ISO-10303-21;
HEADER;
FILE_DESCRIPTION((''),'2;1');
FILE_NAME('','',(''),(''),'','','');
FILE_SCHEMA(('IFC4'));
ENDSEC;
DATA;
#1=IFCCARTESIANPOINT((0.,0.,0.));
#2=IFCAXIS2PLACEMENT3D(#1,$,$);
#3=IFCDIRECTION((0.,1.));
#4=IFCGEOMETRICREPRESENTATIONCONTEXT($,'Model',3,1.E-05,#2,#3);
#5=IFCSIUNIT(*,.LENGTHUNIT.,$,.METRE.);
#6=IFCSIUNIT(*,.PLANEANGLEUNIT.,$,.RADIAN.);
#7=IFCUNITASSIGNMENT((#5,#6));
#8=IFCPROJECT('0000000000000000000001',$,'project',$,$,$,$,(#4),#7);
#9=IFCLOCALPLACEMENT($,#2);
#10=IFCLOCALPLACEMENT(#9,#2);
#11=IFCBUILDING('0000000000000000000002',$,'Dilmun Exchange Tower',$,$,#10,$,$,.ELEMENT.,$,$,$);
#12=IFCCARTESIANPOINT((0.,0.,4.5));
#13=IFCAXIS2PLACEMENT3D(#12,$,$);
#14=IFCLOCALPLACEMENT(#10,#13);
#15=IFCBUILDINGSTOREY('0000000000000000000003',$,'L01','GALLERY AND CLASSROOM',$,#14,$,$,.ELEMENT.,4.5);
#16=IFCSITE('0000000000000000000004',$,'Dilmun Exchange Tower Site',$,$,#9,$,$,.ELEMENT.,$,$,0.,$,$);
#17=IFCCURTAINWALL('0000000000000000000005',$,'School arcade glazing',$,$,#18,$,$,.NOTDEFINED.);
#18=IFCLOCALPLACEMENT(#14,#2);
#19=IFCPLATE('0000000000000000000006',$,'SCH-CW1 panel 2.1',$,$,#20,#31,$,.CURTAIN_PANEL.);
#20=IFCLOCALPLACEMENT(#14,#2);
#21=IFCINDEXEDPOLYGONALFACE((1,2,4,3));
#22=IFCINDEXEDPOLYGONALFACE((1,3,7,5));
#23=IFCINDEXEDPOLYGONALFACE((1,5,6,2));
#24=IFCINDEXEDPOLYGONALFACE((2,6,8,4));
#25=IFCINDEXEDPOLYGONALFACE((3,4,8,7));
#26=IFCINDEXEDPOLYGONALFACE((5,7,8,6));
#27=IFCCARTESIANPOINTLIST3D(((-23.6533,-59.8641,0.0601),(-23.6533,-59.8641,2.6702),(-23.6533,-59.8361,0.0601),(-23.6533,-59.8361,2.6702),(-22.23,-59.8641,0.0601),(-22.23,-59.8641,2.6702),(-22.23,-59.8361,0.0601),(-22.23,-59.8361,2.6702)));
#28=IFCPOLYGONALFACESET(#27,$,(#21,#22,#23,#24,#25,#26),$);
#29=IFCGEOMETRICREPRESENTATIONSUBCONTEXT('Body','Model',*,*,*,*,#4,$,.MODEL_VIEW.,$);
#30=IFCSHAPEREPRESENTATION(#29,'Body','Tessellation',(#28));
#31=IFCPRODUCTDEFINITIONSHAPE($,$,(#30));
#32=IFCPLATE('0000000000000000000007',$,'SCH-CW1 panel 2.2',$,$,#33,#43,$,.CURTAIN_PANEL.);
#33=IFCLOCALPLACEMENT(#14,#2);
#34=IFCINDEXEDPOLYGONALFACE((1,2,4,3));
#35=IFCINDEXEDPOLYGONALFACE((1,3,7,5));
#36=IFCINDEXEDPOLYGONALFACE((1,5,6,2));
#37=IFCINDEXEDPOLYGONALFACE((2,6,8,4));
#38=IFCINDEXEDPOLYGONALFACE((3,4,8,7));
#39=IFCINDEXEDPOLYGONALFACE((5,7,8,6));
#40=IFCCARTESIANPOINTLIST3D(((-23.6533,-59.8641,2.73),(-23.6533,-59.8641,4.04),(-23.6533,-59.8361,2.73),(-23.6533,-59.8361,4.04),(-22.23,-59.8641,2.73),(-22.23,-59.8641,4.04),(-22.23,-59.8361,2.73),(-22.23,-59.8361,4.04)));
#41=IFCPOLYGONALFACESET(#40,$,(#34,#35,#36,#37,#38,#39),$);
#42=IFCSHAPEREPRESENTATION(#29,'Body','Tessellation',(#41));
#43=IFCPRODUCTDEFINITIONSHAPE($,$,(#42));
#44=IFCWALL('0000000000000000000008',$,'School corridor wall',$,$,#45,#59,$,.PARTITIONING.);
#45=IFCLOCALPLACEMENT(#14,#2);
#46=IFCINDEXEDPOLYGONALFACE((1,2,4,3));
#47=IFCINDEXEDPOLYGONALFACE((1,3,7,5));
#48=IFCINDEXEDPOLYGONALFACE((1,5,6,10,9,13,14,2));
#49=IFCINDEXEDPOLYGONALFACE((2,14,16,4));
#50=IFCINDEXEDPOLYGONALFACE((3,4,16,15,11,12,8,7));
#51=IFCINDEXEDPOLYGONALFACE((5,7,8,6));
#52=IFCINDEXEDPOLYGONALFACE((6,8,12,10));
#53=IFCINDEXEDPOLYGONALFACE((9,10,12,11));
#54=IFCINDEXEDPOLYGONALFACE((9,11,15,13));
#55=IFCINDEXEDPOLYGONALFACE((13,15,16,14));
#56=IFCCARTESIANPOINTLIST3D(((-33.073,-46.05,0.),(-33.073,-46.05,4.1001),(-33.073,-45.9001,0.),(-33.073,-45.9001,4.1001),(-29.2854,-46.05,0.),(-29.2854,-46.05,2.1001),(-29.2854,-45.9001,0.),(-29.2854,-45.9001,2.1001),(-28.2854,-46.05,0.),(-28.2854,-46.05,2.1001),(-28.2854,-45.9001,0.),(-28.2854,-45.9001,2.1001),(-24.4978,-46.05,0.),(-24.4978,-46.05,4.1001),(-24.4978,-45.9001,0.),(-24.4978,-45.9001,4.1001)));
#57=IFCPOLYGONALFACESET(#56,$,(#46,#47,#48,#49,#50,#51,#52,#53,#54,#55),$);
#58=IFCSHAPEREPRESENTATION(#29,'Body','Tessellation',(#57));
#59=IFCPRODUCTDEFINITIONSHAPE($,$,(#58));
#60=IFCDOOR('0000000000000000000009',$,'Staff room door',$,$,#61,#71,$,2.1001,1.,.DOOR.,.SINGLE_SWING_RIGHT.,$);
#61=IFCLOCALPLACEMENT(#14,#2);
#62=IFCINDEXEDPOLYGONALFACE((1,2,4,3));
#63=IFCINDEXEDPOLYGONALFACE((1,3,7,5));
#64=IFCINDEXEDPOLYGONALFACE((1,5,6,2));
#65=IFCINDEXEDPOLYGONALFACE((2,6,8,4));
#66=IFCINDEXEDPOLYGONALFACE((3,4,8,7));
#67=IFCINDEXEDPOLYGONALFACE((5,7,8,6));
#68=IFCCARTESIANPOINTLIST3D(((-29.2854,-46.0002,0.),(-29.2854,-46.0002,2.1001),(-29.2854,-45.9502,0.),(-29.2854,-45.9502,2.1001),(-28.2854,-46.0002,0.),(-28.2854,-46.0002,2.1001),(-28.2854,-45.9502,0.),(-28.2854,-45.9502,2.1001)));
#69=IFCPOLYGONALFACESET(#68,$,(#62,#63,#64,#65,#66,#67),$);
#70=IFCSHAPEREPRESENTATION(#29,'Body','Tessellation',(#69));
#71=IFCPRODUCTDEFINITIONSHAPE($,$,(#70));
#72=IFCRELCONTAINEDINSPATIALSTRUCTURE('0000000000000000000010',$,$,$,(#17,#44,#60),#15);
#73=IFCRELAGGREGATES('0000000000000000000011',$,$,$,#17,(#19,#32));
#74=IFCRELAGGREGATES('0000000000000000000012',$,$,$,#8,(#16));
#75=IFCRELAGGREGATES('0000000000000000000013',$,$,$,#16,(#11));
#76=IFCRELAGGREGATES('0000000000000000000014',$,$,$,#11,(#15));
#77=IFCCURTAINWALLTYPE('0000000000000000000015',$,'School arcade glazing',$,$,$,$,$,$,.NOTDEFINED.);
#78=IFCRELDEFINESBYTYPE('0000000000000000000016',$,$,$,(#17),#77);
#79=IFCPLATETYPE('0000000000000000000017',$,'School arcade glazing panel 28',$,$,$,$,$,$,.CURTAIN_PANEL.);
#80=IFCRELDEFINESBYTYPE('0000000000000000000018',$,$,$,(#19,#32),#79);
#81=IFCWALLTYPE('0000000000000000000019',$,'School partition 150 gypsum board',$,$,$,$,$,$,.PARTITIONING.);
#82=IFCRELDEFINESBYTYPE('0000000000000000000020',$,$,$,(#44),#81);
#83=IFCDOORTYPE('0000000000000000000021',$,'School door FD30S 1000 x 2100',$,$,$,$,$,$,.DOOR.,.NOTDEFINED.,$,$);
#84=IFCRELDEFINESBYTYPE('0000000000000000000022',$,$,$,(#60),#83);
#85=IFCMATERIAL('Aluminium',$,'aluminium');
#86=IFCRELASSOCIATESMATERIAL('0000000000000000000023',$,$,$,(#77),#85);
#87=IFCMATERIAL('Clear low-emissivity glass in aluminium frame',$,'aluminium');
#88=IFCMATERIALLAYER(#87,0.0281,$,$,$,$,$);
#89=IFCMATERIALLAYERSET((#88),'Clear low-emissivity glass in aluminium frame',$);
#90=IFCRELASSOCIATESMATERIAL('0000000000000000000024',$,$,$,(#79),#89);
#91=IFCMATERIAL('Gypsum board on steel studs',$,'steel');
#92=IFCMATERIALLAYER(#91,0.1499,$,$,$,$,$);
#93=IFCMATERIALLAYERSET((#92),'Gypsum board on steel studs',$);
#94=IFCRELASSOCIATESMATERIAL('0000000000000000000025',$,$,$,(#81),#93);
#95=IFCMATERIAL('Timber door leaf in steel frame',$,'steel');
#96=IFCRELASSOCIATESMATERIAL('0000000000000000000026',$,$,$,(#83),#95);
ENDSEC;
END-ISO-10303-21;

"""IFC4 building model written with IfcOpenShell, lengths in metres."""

from ifc_helpers import new_model, si_unit, direction, frame, frame_2d, origin, origin_2d, place, context, subcontext, project, spatial, rectangle, extrude, material, layer, layer_set, type_object, element, fill, aggregate, save


model = new_model("IFC4")

# Units and contexts
model_context = context("Model", 3, precision=1e-05, world=origin(), true_north=direction((0.0, 1.0)))
body_context = subcontext(model_context, "Body", "Model", "MODEL_VIEW")
ifc_project = project(units=[si_unit("LENGTHUNIT", "METRE"), si_unit("PLANEANGLEUNIT", "RADIAN")], contexts=[model_context])

# Site, building, storey
site_placement = place(None, origin())
site = spatial("IfcSite", under=ifc_project, at=site_placement, Name="Dilmun Exchange Tower Site", CompositionType="ELEMENT", RefElevation=0.0)
building_placement = place(site_placement, origin())
building = spatial("IfcBuilding", under=site, at=building_placement, Name="Dilmun Exchange Tower", CompositionType="ELEMENT")
storey_placement = place(building_placement, frame((0.0, 0.0, 4.5)))
storey = spatial("IfcBuildingStorey", under=building, at=storey_placement, Name="L01", Description="GALLERY AND CLASSROOM", CompositionType="ELEMENT", Elevation=4.5)

# Curtain wall, plates
ifc_material_1 = material(Name="Aluminium", Category="aluminium")
curtain_wall_type = type_object("IfcCurtainWallType", Name="School arcade glazing", PredefinedType="NOTDEFINED", material=ifc_material_1)
curtain_wall_placement = place(storey_placement, origin())
curtain_wall = element("IfcCurtainWall", 1, at=curtain_wall_placement, inside=storey, type_object=curtain_wall_type, Name="School arcade glazing", PredefinedType="NOTDEFINED")
ifc_material_2 = material(Name="Clear low-emissivity glass in aluminium frame", Category="aluminium")
ifc_layer_1 = layer(ifc_material_2, 0.0281)
ifc_layer_set_1 = layer_set([ifc_layer_1], Name="Clear low-emissivity glass in aluminium frame")
plate_type = type_object("IfcPlateType", Name="School arcade glazing panel 28", PredefinedType="CURTAIN_PANEL", material=ifc_layer_set_1)
plate_1_placement = place(storey_placement, frame((-22.9417, -59.8501, 0.0601), z_axis=(0.0, 0.0, 1.0), x_axis=(-1.0, 0.0, 0.0)))
plate_1 = element("IfcPlate", 2, at=plate_1_placement, type_object=plate_type, Name="SCH-CW1 panel 2.1", PredefinedType="CURTAIN_PANEL", context=body_context, shape_type="SweptSolid", body=[
    extrude(rectangle(XDim=1.4233, YDim=0.0281, at=origin_2d()), origin(), (0.0, 0.0, 1.0), 2.6101),
])
plate_2_placement = place(storey_placement, frame((-22.9417, -59.8501, 2.73), z_axis=(0.0, 0.0, 1.0), x_axis=(-1.0, 0.0, 0.0)))
plate_2 = element("IfcPlate", 3, at=plate_2_placement, type_object=plate_type, Name="SCH-CW1 panel 2.2", PredefinedType="CURTAIN_PANEL", context=body_context, shape_type="SweptSolid", body=[
    extrude(rectangle(XDim=1.4233, YDim=0.0281, at=origin_2d()), origin(), (0.0, 0.0, 1.0), 1.3101),
])
aggregate(curtain_wall, [plate_1, plate_2])

# Wall, opening, door
ifc_material_3 = material(Name="Gypsum board on steel studs", Category="steel")
ifc_layer_2 = layer(ifc_material_3, 0.1499)
ifc_layer_set_2 = layer_set([ifc_layer_2], Name="Gypsum board on steel studs")
wall_type = type_object("IfcWallType", Name="School partition 150 gypsum board", PredefinedType="PARTITIONING", material=ifc_layer_set_2)
wall_placement = place(storey_placement, frame((-33.073, -45.9751, 0.0), z_axis=(0.0, 0.0, 1.0), x_axis=(1.0, 0.0, 0.0)))
wall = element("IfcWall", 4, at=wall_placement, inside=storey, type_object=wall_type, Name="School corridor wall", PredefinedType="PARTITIONING", context=body_context, shape_type="SweptSolid", body=[
    extrude(rectangle(XDim=8.5752, YDim=0.1499, at=frame_2d((4.2876, 0.0))), origin(), (0.0, 0.0, 1.0), 4.1001),
])
opening_placement = place(wall_placement, frame((3.7876, 0.0, 0.0)))
opening = element("IfcOpeningElement", 5, at=opening_placement, cuts=wall, PredefinedType="OPENING", context=body_context, shape_type="SweptSolid", body=[
    extrude(rectangle(XDim=1.0, YDim=2.1001, at=frame_2d((0.5, 1.05))), frame((0.0, 0.085, 0.0), z_axis=(0.0, -1.0, 0.0), x_axis=(1.0, 0.0, 0.0)), (0.0, 0.0, 1.0), 0.1699),
])
ifc_material_4 = material(Name="Timber door leaf in steel frame", Category="steel")
door_type = type_object("IfcDoorType", Name="School door FD30S 1000 x 2100", OperationType="NOTDEFINED", PredefinedType="DOOR", material=ifc_material_4)
door_placement = place(opening_placement, origin())
door = element("IfcDoor", 6, at=door_placement, inside=storey, type_object=door_type, Name="Staff room door", OperationType="SINGLE_SWING_RIGHT", OverallHeight=2.1001, OverallWidth=1.0, PredefinedType="DOOR", context=body_context, shape_type="SweptSolid", body=[
    extrude(rectangle(XDim=1.0, YDim=2.1001, at=frame_2d((0.5, 1.05))), frame((0.0, 0.0249, 0.0), z_axis=(0.0, -1.0, 0.0), x_axis=(1.0, 0.0, 0.0)), (0.0, 0.0, 1.0), 0.05),
])
fill(opening, door)

save(model, "model.ifc")
